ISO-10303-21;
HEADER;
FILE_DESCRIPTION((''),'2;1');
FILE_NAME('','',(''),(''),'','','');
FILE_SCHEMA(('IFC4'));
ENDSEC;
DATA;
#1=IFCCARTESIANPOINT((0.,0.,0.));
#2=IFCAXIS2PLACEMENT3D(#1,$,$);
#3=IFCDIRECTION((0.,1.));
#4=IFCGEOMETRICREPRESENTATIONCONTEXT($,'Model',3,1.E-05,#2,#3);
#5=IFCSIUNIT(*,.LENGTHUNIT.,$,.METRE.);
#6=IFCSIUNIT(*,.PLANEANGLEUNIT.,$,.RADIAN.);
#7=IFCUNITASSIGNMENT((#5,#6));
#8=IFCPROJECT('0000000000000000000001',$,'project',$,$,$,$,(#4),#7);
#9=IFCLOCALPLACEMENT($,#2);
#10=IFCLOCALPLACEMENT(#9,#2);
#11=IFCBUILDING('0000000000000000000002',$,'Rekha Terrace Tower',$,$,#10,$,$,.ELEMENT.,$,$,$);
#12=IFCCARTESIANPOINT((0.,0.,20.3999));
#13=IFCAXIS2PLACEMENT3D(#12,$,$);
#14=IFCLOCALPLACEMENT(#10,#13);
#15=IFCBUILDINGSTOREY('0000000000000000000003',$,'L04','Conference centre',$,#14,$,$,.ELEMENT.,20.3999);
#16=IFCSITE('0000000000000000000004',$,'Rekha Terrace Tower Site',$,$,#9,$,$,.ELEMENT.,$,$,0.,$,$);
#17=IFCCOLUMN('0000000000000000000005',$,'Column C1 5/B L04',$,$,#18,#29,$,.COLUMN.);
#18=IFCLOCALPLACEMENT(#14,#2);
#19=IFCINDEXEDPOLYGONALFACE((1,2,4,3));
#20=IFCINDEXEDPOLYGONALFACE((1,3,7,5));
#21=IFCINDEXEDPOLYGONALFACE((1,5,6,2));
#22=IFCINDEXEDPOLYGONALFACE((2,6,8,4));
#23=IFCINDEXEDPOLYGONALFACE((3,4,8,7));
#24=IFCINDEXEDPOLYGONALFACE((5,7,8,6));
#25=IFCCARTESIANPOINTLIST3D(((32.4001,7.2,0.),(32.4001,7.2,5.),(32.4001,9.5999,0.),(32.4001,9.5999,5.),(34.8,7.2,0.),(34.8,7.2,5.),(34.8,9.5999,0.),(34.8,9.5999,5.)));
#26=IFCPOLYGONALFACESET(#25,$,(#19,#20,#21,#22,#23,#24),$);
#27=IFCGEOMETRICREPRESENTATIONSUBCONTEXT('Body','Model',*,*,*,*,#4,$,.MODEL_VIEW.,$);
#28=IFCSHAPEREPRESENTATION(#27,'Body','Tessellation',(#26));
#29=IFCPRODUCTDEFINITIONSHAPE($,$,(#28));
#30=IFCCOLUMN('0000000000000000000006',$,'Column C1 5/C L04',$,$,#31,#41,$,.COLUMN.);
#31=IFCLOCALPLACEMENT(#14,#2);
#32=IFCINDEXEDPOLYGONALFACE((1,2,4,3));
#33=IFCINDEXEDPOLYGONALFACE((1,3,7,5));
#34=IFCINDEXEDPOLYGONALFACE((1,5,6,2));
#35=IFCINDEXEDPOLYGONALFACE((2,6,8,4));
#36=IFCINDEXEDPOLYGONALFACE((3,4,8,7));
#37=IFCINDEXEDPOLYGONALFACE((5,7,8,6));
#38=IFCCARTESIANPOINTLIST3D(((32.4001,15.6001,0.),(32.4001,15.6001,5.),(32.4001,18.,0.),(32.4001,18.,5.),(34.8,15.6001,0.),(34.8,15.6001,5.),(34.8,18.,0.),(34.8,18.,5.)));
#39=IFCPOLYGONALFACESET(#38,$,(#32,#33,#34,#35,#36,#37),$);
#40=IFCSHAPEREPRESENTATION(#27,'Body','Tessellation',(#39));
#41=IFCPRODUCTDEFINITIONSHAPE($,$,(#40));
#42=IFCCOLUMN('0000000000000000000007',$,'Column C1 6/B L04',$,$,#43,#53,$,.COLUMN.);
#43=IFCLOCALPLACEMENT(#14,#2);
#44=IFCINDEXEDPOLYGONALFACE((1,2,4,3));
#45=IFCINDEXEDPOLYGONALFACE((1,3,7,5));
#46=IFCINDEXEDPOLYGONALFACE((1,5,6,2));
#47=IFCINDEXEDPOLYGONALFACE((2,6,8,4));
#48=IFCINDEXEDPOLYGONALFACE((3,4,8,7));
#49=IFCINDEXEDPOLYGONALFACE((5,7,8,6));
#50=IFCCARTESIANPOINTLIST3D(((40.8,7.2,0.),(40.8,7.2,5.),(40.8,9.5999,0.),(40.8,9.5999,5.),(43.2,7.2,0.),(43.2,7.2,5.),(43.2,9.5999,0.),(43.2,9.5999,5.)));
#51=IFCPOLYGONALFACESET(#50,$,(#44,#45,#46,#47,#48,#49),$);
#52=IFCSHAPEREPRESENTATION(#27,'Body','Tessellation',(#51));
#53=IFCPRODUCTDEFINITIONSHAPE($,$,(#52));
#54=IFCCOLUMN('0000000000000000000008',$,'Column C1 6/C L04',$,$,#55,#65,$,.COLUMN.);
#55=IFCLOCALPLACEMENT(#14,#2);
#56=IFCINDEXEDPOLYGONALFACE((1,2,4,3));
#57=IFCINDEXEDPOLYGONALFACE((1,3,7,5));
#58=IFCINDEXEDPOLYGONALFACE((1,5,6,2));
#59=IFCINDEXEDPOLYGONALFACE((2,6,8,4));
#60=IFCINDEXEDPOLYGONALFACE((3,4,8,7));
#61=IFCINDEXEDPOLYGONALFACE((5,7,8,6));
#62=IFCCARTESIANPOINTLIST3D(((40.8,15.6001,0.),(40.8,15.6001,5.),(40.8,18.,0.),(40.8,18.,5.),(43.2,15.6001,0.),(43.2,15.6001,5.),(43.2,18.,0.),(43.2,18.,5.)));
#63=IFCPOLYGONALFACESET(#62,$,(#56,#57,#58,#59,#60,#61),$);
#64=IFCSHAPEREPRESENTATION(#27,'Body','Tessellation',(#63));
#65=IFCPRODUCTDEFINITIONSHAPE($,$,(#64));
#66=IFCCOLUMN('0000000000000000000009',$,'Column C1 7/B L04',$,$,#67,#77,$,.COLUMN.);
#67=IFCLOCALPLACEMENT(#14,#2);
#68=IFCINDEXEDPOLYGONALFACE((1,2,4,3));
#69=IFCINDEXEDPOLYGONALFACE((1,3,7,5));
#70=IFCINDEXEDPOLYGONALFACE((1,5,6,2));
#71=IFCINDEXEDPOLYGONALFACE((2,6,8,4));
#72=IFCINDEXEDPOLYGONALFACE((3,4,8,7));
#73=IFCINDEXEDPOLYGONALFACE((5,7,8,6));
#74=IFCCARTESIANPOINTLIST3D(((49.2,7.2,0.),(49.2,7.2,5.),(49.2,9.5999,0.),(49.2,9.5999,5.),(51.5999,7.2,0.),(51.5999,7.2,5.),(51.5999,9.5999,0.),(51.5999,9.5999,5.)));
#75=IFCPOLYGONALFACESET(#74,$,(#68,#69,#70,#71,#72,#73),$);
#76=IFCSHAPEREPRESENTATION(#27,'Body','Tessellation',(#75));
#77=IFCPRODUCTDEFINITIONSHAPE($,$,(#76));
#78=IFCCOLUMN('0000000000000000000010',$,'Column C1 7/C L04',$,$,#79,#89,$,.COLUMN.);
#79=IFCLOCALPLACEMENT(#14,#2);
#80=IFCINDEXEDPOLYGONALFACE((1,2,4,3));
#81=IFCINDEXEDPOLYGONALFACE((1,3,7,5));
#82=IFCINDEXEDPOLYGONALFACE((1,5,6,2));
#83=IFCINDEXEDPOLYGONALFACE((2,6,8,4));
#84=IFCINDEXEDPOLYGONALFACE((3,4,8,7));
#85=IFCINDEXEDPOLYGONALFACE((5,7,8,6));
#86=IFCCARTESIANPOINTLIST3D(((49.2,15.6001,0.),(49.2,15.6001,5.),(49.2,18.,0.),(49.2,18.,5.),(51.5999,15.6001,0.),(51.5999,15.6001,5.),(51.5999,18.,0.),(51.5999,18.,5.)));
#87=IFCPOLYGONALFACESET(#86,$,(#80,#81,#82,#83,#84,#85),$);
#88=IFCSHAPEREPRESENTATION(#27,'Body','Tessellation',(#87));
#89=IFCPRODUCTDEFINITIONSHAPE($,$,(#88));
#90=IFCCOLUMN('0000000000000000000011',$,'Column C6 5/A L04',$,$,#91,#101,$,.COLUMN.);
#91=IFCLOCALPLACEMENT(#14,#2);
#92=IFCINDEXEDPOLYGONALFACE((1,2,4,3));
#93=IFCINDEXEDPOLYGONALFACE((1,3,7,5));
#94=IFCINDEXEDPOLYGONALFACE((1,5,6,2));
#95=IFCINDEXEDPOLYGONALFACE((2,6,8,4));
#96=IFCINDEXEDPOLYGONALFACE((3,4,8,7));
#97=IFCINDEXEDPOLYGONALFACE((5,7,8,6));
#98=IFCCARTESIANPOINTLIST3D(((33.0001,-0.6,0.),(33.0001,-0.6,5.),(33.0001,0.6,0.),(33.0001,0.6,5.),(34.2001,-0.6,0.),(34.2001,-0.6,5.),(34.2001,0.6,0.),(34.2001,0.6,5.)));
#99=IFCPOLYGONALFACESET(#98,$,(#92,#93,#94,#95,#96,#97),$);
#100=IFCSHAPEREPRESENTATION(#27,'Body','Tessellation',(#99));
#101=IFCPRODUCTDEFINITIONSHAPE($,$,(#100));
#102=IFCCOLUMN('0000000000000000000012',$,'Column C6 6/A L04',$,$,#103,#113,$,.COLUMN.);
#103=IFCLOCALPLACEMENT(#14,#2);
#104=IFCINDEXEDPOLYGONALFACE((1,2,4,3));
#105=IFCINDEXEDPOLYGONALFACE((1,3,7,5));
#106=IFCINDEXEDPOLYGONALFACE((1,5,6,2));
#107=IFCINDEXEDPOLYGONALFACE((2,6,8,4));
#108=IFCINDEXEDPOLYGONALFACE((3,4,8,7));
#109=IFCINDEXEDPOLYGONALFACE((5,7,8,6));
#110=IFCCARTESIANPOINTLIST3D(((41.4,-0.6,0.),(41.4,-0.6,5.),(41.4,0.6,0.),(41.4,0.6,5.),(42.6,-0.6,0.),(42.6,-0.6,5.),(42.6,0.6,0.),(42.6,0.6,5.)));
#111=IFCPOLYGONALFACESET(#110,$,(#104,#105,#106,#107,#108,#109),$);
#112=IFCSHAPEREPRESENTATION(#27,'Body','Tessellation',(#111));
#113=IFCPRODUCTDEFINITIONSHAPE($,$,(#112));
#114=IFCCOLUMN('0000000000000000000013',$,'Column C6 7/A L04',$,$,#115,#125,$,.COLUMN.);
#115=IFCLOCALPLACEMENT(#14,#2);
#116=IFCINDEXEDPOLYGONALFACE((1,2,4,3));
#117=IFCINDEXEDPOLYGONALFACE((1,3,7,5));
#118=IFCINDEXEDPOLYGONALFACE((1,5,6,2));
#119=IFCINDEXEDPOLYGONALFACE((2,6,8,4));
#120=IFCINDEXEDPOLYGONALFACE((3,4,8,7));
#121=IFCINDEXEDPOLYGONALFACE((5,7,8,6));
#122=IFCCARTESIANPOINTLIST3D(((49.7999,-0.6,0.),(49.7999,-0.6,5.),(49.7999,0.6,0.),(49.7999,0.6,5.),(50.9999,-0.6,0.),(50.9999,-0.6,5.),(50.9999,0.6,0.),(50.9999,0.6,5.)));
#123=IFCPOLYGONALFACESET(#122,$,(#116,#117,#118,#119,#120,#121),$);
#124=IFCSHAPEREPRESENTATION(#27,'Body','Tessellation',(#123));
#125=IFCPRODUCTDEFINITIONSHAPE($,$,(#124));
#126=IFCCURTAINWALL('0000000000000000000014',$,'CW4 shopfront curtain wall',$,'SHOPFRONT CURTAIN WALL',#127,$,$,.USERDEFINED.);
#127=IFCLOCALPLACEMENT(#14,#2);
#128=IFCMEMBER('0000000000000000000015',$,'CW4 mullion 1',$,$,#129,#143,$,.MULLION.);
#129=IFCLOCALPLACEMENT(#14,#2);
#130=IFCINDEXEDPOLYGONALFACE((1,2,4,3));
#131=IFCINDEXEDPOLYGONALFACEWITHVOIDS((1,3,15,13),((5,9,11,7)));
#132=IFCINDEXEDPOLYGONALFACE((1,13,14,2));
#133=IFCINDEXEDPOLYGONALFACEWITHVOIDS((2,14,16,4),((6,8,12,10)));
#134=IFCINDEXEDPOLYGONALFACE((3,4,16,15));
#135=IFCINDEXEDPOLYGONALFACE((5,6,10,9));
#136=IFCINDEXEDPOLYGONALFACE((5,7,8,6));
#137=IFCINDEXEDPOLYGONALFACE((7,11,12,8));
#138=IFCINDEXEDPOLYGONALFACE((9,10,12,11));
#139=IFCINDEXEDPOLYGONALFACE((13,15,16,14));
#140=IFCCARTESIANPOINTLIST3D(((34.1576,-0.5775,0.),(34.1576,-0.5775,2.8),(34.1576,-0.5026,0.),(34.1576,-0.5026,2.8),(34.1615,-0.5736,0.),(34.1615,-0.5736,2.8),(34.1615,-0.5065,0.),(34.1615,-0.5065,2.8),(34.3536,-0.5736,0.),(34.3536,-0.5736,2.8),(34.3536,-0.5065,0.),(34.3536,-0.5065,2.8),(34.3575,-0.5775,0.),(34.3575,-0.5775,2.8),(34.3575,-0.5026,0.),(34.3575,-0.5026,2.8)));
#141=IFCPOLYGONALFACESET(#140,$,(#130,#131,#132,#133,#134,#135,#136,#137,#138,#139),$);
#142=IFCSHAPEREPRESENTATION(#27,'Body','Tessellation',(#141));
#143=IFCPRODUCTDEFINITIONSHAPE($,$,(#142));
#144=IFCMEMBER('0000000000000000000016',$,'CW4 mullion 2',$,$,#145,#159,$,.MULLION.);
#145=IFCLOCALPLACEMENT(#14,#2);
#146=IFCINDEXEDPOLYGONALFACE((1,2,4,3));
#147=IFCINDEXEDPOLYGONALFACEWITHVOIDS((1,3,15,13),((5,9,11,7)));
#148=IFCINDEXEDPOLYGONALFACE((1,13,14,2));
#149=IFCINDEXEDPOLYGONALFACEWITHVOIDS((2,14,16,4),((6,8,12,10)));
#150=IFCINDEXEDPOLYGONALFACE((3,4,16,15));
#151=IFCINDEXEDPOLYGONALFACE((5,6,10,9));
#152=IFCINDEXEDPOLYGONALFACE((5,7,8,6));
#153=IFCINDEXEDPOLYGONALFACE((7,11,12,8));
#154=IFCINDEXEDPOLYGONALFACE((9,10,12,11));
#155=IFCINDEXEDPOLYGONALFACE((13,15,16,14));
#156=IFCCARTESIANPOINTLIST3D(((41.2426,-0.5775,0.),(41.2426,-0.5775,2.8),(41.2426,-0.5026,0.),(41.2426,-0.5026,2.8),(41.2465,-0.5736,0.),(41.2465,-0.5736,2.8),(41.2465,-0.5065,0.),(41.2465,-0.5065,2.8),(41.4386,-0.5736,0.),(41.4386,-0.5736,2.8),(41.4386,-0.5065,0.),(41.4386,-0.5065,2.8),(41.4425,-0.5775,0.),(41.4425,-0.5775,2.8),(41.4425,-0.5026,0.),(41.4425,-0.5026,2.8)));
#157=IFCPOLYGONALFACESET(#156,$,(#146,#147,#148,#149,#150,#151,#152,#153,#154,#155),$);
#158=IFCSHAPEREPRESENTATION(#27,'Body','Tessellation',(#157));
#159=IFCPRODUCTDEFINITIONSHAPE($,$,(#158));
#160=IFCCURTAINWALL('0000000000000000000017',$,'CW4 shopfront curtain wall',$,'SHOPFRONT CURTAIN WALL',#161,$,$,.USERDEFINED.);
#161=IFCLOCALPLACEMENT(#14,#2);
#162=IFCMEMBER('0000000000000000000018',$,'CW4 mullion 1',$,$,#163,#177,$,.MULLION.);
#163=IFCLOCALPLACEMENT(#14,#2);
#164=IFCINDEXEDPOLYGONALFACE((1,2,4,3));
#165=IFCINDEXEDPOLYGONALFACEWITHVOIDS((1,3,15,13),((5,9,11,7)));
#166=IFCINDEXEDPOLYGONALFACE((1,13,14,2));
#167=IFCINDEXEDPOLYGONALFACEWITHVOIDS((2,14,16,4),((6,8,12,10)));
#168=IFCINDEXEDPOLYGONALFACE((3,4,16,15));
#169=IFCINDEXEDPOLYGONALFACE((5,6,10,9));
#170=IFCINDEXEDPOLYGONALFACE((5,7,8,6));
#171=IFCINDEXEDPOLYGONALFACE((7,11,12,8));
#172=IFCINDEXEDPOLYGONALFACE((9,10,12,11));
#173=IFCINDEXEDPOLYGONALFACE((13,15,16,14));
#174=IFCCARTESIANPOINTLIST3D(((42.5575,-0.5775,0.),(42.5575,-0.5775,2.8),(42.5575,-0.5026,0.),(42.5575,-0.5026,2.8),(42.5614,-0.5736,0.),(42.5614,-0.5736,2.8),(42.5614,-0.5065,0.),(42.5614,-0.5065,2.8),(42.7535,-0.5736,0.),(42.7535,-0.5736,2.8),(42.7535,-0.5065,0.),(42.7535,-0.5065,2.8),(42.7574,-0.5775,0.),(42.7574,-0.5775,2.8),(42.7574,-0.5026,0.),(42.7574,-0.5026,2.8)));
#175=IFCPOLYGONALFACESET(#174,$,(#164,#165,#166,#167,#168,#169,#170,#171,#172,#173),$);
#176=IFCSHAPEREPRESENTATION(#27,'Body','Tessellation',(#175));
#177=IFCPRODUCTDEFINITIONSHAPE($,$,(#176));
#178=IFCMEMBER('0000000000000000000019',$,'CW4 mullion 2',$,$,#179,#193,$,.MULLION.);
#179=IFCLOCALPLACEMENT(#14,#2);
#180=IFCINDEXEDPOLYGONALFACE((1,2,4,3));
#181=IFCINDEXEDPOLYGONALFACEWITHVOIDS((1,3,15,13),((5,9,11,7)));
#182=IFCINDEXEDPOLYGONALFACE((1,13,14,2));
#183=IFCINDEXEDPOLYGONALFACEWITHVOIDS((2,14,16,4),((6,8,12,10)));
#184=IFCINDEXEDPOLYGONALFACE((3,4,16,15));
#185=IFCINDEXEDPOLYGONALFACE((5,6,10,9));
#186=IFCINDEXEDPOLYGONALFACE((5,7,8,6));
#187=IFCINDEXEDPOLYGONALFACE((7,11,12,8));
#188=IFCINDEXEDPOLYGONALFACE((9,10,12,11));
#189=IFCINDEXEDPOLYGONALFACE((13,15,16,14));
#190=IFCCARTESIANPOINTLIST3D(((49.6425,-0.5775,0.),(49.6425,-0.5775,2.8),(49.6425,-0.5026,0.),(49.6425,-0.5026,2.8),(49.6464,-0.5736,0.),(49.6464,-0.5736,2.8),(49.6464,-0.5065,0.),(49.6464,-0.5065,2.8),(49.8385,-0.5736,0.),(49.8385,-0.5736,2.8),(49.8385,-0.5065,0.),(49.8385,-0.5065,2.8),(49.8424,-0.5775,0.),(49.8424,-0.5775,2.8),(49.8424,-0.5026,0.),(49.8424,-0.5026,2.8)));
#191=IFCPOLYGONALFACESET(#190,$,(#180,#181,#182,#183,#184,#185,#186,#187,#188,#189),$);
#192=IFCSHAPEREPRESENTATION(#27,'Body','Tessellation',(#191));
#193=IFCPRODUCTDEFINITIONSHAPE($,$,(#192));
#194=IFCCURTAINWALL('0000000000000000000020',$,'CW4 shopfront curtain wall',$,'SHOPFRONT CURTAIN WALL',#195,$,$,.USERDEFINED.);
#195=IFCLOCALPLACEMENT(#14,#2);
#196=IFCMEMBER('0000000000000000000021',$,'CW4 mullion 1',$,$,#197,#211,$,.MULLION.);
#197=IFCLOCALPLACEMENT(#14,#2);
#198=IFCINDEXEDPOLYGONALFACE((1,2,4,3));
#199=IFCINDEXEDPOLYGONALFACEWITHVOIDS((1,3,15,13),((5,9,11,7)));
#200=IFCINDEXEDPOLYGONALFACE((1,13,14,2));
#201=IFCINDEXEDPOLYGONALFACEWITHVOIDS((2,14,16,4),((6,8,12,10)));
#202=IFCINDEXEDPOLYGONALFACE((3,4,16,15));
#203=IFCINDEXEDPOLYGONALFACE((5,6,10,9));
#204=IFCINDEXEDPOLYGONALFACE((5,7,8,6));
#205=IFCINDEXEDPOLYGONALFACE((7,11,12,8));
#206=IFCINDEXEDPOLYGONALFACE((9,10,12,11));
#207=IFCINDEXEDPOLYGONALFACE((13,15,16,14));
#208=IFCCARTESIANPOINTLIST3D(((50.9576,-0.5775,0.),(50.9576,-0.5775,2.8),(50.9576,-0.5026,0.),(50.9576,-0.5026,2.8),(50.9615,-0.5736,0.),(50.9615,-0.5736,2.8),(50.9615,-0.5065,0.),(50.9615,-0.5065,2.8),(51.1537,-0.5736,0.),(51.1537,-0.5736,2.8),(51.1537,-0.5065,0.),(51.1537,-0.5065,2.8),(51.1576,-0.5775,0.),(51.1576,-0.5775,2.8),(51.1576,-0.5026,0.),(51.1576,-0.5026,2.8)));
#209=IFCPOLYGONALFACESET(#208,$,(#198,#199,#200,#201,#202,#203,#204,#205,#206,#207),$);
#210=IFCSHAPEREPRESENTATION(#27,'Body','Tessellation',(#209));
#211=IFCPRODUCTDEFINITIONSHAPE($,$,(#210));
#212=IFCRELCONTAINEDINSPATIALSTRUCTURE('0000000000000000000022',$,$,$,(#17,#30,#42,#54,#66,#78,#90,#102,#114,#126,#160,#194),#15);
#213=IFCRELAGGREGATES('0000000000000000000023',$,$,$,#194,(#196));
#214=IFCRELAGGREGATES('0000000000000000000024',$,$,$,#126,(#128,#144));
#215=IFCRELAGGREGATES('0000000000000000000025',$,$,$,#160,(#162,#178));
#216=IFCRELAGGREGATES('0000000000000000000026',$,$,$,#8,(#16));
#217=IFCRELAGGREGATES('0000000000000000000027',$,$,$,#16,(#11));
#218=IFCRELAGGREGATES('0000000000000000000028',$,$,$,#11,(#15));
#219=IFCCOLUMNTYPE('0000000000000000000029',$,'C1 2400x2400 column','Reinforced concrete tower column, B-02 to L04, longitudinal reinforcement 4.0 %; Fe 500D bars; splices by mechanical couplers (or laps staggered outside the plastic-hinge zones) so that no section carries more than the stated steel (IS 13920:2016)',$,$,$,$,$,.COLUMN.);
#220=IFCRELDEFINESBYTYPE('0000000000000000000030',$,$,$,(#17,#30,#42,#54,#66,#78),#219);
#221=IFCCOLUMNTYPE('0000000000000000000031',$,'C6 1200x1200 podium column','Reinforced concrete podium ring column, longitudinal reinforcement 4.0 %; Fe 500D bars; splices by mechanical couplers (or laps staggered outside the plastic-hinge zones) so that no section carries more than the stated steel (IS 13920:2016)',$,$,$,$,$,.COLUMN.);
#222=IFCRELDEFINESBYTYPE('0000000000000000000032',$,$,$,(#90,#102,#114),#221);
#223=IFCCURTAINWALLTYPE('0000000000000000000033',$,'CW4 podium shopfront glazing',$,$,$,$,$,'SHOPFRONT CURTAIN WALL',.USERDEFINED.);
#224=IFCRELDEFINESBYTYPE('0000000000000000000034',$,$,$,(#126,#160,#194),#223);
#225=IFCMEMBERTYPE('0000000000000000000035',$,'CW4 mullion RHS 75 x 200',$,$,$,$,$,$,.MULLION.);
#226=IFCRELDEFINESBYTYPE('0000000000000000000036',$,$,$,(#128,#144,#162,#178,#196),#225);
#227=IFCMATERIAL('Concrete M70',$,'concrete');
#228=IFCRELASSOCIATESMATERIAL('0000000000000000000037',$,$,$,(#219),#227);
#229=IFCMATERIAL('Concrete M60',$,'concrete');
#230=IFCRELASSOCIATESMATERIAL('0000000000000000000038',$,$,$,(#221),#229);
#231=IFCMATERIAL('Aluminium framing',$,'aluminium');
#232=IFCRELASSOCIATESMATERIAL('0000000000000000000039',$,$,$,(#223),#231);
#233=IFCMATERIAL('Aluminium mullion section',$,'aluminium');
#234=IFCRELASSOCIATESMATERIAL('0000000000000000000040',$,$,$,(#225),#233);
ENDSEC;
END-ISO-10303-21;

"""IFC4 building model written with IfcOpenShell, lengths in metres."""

from ifc_helpers import new_model, si_unit, direction, frame, origin, origin_2d, place, context, subcontext, project, spatial, rectangle, hollow_rectangle, extrude, material, material_profile, profile_set, type_object, element, aggregate, save


model = new_model("IFC4")

# Units and contexts
model_context = context("Model", 3, precision=1e-05, world=origin(), true_north=direction((0.0, 1.0)))
body_context = subcontext(model_context, "Body", "Model", "MODEL_VIEW")
ifc_project = project(units=[si_unit("LENGTHUNIT", "METRE"), si_unit("PLANEANGLEUNIT", "RADIAN")], contexts=[model_context])

# Site, building, storey
site_placement = place(None, origin())
site = spatial("IfcSite", under=ifc_project, at=site_placement, Name="Rekha Terrace Tower Site", CompositionType="ELEMENT", RefElevation=0.0)
building_placement = place(site_placement, origin())
building = spatial("IfcBuilding", under=site, at=building_placement, Name="Rekha Terrace Tower", CompositionType="ELEMENT")
storey_placement = place(building_placement, frame((0.0, 0.0, 20.3999)))
storey = spatial("IfcBuildingStorey", under=building, at=storey_placement, Name="L04", Description="Conference centre", CompositionType="ELEMENT", Elevation=20.3999)

# Columns
ifc_material_1 = material(Name="Concrete M70", Category="concrete")
ifc_material_profile_1 = material_profile(ifc_material_1, rectangle(XDim=2.3999, YDim=2.3999, at=origin_2d()), Name="RC 2400x2400")
ifc_profile_set_1 = profile_set([ifc_material_profile_1], Name="Concrete M70")
column_type_1 = type_object("IfcColumnType", Name="C1 2400x2400 column", Description="Reinforced concrete tower column, B-02 to L04, longitudinal reinforcement 4.0 %; Fe 500D bars; splices by mechanical couplers (or laps staggered outside the plastic-hinge zones) so that no section carries more than the stated steel (IS 13920:2016)", PredefinedType="COLUMN", material=ifc_profile_set_1)
for number, where, z_axis, x_axis, name in (
    (1, (33.6001, 8.3999, 0.0), (0.0, 0.0, 1.0), (1.0, 0.0, 0.0), "Column C1 5/B L04"),
    (2, (33.6001, 16.8, 0.0), (0.0, 0.0, 1.0), (1.0, 0.0, 0.0), "Column C1 5/C L04"),
    (3, (42.0, 8.3999, 0.0), (0.0, 0.0, 1.0), (1.0, 0.0, 0.0), "Column C1 6/B L04"),
    (4, (42.0, 16.8, 0.0), (0.0, 0.0, 1.0), (1.0, 0.0, 0.0), "Column C1 6/C L04"),
    (5, (50.3999, 8.3999, 0.0), (0.0, 0.0, 1.0), (1.0, 0.0, 0.0), "Column C1 7/B L04"),
    (6, (50.3999, 16.8, 0.0), (0.0, 0.0, 1.0), (1.0, 0.0, 0.0), "Column C1 7/C L04"),
):
    element("IfcColumn", number, at=place(storey_placement, frame(where, z_axis=z_axis, x_axis=x_axis)), inside=storey, type_object=column_type_1, Name=name, PredefinedType="COLUMN", context=body_context, shape_type="SweptSolid", body=[
        extrude(rectangle(XDim=2.3999, YDim=2.3999, at=origin_2d()), origin(), (0.0, 0.0, 1.0), 5.0),
    ])
ifc_material_2 = material(Name="Concrete M60", Category="concrete")
ifc_material_profile_2 = material_profile(ifc_material_2, rectangle(XDim=1.2, YDim=1.2, at=origin_2d()), Name="RC 1200x1200")
ifc_profile_set_2 = profile_set([ifc_material_profile_2], Name="Concrete M60")
column_type_2 = type_object("IfcColumnType", Name="C6 1200x1200 podium column", Description="Reinforced concrete podium ring column, longitudinal reinforcement 4.0 %; Fe 500D bars; splices by mechanical couplers (or laps staggered outside the plastic-hinge zones) so that no section carries more than the stated steel (IS 13920:2016)", PredefinedType="COLUMN", material=ifc_profile_set_2)
for number, where, z_axis, x_axis, name in (
    (7, (33.6001, 0.0, 0.0), (0.0, 0.0, 1.0), (1.0, 0.0, 0.0), "Column C6 5/A L04"),
    (8, (42.0, 0.0, 0.0), (0.0, 0.0, 1.0), (1.0, 0.0, 0.0), "Column C6 6/A L04"),
    (9, (50.3999, 0.0, 0.0), (0.0, 0.0, 1.0), (1.0, 0.0, 0.0), "Column C6 7/A L04"),
):
    element("IfcColumn", number, at=place(storey_placement, frame(where, z_axis=z_axis, x_axis=x_axis)), inside=storey, type_object=column_type_2, Name=name, PredefinedType="COLUMN", context=body_context, shape_type="SweptSolid", body=[
        extrude(rectangle(XDim=1.2, YDim=1.2, at=origin_2d()), origin(), (0.0, 0.0, 1.0), 5.0),
    ])

# Curtain walls, members
ifc_material_3 = material(Name="Aluminium framing", Category="aluminium")
curtain_wall_type = type_object("IfcCurtainWallType", Name="CW4 podium shopfront glazing", ElementType="SHOPFRONT CURTAIN WALL", PredefinedType="USERDEFINED", material=ifc_material_3)
curtain_wall_1_placement = place(storey_placement, origin())
curtain_wall_1 = element("IfcCurtainWall", 10, at=curtain_wall_1_placement, inside=storey, type_object=curtain_wall_type, Name="CW4 shopfront curtain wall", ObjectType="SHOPFRONT CURTAIN WALL", PredefinedType="USERDEFINED")
ifc_material_4 = material(Name="Aluminium mullion section", Category="aluminium")
ifc_material_profile_3 = material_profile(ifc_material_4, hollow_rectangle(XDim=0.075, YDim=0.2, WallThickness=0.0039, at=origin_2d()), Name="AL RHS 75x200")
ifc_profile_set_3 = profile_set([ifc_material_profile_3], Name="Aluminium mullion section")
member_type_1 = type_object("IfcMemberType", Name="CW4 mullion RHS 75 x 200", PredefinedType="MULLION", material=ifc_profile_set_3)
member_1_placement = place(storey_placement, frame((34.2576, -0.54, 0.0), z_axis=(0.0, 0.0, 1.0), x_axis=(0.0, 1.0, 0.0)))
member_1 = element("IfcMember", 11, at=member_1_placement, type_object=member_type_1, Name="CW4 mullion 1", PredefinedType="MULLION", context=body_context, shape_type="SweptSolid", body=[
    extrude(hollow_rectangle(XDim=0.075, YDim=0.2, WallThickness=0.0039, at=origin_2d()), origin(), (0.0, 0.0, 1.0), 2.8),
])
member_2_placement = place(storey_placement, frame((41.3425, -0.54, 0.0), z_axis=(0.0, 0.0, 1.0), x_axis=(0.0, 1.0, 0.0)))
member_2 = element("IfcMember", 12, at=member_2_placement, type_object=member_type_1, Name="CW4 mullion 2", PredefinedType="MULLION", context=body_context, shape_type="SweptSolid", body=[
    extrude(hollow_rectangle(XDim=0.075, YDim=0.2, WallThickness=0.0039, at=origin_2d()), origin(), (0.0, 0.0, 1.0), 2.8),
])
curtain_wall_2_placement = place(storey_placement, origin())
curtain_wall_2 = element("IfcCurtainWall", 13, at=curtain_wall_2_placement, inside=storey, type_object=curtain_wall_type, Name="CW4 shopfront curtain wall", ObjectType="SHOPFRONT CURTAIN WALL", PredefinedType="USERDEFINED")
member_3_placement = place(storey_placement, frame((42.6575, -0.54, 0.0), z_axis=(0.0, 0.0, 1.0), x_axis=(0.0, 1.0, 0.0)))
member_3 = element("IfcMember", 14, at=member_3_placement, type_object=member_type_1, Name="CW4 mullion 1", PredefinedType="MULLION", context=body_context, shape_type="SweptSolid", body=[
    extrude(hollow_rectangle(XDim=0.075, YDim=0.2, WallThickness=0.0039, at=origin_2d()), origin(), (0.0, 0.0, 1.0), 2.8),
])
member_4_placement = place(storey_placement, frame((49.7424, -0.54, 0.0), z_axis=(0.0, 0.0, 1.0), x_axis=(0.0, 1.0, 0.0)))
member_4 = element("IfcMember", 15, at=member_4_placement, type_object=member_type_1, Name="CW4 mullion 2", PredefinedType="MULLION", context=body_context, shape_type="SweptSolid", body=[
    extrude(hollow_rectangle(XDim=0.075, YDim=0.2, WallThickness=0.0039, at=origin_2d()), origin(), (0.0, 0.0, 1.0), 2.8),
])

# Curtain wall, member
curtain_wall_3_placement = place(storey_placement, origin())
curtain_wall_3 = element("IfcCurtainWall", 16, at=curtain_wall_3_placement, inside=storey, type_object=curtain_wall_type, Name="CW4 shopfront curtain wall", ObjectType="SHOPFRONT CURTAIN WALL", PredefinedType="USERDEFINED")
member_5_placement = place(storey_placement, frame((51.0576, -0.54, 0.0), z_axis=(0.0, 0.0, 1.0), x_axis=(0.0, 1.0, 0.0)))
member_5 = element("IfcMember", 17, at=member_5_placement, type_object=member_type_1, Name="CW4 mullion 1", PredefinedType="MULLION", context=body_context, shape_type="SweptSolid", body=[
    extrude(hollow_rectangle(XDim=0.075, YDim=0.2, WallThickness=0.0039, at=origin_2d()), origin(), (0.0, 0.0, 1.0), 2.8),
])

aggregate(curtain_wall_3, [member_5])

aggregate(curtain_wall_1, [member_1, member_2])
aggregate(curtain_wall_2, [member_3, member_4])

save(model, "model.ifc")
